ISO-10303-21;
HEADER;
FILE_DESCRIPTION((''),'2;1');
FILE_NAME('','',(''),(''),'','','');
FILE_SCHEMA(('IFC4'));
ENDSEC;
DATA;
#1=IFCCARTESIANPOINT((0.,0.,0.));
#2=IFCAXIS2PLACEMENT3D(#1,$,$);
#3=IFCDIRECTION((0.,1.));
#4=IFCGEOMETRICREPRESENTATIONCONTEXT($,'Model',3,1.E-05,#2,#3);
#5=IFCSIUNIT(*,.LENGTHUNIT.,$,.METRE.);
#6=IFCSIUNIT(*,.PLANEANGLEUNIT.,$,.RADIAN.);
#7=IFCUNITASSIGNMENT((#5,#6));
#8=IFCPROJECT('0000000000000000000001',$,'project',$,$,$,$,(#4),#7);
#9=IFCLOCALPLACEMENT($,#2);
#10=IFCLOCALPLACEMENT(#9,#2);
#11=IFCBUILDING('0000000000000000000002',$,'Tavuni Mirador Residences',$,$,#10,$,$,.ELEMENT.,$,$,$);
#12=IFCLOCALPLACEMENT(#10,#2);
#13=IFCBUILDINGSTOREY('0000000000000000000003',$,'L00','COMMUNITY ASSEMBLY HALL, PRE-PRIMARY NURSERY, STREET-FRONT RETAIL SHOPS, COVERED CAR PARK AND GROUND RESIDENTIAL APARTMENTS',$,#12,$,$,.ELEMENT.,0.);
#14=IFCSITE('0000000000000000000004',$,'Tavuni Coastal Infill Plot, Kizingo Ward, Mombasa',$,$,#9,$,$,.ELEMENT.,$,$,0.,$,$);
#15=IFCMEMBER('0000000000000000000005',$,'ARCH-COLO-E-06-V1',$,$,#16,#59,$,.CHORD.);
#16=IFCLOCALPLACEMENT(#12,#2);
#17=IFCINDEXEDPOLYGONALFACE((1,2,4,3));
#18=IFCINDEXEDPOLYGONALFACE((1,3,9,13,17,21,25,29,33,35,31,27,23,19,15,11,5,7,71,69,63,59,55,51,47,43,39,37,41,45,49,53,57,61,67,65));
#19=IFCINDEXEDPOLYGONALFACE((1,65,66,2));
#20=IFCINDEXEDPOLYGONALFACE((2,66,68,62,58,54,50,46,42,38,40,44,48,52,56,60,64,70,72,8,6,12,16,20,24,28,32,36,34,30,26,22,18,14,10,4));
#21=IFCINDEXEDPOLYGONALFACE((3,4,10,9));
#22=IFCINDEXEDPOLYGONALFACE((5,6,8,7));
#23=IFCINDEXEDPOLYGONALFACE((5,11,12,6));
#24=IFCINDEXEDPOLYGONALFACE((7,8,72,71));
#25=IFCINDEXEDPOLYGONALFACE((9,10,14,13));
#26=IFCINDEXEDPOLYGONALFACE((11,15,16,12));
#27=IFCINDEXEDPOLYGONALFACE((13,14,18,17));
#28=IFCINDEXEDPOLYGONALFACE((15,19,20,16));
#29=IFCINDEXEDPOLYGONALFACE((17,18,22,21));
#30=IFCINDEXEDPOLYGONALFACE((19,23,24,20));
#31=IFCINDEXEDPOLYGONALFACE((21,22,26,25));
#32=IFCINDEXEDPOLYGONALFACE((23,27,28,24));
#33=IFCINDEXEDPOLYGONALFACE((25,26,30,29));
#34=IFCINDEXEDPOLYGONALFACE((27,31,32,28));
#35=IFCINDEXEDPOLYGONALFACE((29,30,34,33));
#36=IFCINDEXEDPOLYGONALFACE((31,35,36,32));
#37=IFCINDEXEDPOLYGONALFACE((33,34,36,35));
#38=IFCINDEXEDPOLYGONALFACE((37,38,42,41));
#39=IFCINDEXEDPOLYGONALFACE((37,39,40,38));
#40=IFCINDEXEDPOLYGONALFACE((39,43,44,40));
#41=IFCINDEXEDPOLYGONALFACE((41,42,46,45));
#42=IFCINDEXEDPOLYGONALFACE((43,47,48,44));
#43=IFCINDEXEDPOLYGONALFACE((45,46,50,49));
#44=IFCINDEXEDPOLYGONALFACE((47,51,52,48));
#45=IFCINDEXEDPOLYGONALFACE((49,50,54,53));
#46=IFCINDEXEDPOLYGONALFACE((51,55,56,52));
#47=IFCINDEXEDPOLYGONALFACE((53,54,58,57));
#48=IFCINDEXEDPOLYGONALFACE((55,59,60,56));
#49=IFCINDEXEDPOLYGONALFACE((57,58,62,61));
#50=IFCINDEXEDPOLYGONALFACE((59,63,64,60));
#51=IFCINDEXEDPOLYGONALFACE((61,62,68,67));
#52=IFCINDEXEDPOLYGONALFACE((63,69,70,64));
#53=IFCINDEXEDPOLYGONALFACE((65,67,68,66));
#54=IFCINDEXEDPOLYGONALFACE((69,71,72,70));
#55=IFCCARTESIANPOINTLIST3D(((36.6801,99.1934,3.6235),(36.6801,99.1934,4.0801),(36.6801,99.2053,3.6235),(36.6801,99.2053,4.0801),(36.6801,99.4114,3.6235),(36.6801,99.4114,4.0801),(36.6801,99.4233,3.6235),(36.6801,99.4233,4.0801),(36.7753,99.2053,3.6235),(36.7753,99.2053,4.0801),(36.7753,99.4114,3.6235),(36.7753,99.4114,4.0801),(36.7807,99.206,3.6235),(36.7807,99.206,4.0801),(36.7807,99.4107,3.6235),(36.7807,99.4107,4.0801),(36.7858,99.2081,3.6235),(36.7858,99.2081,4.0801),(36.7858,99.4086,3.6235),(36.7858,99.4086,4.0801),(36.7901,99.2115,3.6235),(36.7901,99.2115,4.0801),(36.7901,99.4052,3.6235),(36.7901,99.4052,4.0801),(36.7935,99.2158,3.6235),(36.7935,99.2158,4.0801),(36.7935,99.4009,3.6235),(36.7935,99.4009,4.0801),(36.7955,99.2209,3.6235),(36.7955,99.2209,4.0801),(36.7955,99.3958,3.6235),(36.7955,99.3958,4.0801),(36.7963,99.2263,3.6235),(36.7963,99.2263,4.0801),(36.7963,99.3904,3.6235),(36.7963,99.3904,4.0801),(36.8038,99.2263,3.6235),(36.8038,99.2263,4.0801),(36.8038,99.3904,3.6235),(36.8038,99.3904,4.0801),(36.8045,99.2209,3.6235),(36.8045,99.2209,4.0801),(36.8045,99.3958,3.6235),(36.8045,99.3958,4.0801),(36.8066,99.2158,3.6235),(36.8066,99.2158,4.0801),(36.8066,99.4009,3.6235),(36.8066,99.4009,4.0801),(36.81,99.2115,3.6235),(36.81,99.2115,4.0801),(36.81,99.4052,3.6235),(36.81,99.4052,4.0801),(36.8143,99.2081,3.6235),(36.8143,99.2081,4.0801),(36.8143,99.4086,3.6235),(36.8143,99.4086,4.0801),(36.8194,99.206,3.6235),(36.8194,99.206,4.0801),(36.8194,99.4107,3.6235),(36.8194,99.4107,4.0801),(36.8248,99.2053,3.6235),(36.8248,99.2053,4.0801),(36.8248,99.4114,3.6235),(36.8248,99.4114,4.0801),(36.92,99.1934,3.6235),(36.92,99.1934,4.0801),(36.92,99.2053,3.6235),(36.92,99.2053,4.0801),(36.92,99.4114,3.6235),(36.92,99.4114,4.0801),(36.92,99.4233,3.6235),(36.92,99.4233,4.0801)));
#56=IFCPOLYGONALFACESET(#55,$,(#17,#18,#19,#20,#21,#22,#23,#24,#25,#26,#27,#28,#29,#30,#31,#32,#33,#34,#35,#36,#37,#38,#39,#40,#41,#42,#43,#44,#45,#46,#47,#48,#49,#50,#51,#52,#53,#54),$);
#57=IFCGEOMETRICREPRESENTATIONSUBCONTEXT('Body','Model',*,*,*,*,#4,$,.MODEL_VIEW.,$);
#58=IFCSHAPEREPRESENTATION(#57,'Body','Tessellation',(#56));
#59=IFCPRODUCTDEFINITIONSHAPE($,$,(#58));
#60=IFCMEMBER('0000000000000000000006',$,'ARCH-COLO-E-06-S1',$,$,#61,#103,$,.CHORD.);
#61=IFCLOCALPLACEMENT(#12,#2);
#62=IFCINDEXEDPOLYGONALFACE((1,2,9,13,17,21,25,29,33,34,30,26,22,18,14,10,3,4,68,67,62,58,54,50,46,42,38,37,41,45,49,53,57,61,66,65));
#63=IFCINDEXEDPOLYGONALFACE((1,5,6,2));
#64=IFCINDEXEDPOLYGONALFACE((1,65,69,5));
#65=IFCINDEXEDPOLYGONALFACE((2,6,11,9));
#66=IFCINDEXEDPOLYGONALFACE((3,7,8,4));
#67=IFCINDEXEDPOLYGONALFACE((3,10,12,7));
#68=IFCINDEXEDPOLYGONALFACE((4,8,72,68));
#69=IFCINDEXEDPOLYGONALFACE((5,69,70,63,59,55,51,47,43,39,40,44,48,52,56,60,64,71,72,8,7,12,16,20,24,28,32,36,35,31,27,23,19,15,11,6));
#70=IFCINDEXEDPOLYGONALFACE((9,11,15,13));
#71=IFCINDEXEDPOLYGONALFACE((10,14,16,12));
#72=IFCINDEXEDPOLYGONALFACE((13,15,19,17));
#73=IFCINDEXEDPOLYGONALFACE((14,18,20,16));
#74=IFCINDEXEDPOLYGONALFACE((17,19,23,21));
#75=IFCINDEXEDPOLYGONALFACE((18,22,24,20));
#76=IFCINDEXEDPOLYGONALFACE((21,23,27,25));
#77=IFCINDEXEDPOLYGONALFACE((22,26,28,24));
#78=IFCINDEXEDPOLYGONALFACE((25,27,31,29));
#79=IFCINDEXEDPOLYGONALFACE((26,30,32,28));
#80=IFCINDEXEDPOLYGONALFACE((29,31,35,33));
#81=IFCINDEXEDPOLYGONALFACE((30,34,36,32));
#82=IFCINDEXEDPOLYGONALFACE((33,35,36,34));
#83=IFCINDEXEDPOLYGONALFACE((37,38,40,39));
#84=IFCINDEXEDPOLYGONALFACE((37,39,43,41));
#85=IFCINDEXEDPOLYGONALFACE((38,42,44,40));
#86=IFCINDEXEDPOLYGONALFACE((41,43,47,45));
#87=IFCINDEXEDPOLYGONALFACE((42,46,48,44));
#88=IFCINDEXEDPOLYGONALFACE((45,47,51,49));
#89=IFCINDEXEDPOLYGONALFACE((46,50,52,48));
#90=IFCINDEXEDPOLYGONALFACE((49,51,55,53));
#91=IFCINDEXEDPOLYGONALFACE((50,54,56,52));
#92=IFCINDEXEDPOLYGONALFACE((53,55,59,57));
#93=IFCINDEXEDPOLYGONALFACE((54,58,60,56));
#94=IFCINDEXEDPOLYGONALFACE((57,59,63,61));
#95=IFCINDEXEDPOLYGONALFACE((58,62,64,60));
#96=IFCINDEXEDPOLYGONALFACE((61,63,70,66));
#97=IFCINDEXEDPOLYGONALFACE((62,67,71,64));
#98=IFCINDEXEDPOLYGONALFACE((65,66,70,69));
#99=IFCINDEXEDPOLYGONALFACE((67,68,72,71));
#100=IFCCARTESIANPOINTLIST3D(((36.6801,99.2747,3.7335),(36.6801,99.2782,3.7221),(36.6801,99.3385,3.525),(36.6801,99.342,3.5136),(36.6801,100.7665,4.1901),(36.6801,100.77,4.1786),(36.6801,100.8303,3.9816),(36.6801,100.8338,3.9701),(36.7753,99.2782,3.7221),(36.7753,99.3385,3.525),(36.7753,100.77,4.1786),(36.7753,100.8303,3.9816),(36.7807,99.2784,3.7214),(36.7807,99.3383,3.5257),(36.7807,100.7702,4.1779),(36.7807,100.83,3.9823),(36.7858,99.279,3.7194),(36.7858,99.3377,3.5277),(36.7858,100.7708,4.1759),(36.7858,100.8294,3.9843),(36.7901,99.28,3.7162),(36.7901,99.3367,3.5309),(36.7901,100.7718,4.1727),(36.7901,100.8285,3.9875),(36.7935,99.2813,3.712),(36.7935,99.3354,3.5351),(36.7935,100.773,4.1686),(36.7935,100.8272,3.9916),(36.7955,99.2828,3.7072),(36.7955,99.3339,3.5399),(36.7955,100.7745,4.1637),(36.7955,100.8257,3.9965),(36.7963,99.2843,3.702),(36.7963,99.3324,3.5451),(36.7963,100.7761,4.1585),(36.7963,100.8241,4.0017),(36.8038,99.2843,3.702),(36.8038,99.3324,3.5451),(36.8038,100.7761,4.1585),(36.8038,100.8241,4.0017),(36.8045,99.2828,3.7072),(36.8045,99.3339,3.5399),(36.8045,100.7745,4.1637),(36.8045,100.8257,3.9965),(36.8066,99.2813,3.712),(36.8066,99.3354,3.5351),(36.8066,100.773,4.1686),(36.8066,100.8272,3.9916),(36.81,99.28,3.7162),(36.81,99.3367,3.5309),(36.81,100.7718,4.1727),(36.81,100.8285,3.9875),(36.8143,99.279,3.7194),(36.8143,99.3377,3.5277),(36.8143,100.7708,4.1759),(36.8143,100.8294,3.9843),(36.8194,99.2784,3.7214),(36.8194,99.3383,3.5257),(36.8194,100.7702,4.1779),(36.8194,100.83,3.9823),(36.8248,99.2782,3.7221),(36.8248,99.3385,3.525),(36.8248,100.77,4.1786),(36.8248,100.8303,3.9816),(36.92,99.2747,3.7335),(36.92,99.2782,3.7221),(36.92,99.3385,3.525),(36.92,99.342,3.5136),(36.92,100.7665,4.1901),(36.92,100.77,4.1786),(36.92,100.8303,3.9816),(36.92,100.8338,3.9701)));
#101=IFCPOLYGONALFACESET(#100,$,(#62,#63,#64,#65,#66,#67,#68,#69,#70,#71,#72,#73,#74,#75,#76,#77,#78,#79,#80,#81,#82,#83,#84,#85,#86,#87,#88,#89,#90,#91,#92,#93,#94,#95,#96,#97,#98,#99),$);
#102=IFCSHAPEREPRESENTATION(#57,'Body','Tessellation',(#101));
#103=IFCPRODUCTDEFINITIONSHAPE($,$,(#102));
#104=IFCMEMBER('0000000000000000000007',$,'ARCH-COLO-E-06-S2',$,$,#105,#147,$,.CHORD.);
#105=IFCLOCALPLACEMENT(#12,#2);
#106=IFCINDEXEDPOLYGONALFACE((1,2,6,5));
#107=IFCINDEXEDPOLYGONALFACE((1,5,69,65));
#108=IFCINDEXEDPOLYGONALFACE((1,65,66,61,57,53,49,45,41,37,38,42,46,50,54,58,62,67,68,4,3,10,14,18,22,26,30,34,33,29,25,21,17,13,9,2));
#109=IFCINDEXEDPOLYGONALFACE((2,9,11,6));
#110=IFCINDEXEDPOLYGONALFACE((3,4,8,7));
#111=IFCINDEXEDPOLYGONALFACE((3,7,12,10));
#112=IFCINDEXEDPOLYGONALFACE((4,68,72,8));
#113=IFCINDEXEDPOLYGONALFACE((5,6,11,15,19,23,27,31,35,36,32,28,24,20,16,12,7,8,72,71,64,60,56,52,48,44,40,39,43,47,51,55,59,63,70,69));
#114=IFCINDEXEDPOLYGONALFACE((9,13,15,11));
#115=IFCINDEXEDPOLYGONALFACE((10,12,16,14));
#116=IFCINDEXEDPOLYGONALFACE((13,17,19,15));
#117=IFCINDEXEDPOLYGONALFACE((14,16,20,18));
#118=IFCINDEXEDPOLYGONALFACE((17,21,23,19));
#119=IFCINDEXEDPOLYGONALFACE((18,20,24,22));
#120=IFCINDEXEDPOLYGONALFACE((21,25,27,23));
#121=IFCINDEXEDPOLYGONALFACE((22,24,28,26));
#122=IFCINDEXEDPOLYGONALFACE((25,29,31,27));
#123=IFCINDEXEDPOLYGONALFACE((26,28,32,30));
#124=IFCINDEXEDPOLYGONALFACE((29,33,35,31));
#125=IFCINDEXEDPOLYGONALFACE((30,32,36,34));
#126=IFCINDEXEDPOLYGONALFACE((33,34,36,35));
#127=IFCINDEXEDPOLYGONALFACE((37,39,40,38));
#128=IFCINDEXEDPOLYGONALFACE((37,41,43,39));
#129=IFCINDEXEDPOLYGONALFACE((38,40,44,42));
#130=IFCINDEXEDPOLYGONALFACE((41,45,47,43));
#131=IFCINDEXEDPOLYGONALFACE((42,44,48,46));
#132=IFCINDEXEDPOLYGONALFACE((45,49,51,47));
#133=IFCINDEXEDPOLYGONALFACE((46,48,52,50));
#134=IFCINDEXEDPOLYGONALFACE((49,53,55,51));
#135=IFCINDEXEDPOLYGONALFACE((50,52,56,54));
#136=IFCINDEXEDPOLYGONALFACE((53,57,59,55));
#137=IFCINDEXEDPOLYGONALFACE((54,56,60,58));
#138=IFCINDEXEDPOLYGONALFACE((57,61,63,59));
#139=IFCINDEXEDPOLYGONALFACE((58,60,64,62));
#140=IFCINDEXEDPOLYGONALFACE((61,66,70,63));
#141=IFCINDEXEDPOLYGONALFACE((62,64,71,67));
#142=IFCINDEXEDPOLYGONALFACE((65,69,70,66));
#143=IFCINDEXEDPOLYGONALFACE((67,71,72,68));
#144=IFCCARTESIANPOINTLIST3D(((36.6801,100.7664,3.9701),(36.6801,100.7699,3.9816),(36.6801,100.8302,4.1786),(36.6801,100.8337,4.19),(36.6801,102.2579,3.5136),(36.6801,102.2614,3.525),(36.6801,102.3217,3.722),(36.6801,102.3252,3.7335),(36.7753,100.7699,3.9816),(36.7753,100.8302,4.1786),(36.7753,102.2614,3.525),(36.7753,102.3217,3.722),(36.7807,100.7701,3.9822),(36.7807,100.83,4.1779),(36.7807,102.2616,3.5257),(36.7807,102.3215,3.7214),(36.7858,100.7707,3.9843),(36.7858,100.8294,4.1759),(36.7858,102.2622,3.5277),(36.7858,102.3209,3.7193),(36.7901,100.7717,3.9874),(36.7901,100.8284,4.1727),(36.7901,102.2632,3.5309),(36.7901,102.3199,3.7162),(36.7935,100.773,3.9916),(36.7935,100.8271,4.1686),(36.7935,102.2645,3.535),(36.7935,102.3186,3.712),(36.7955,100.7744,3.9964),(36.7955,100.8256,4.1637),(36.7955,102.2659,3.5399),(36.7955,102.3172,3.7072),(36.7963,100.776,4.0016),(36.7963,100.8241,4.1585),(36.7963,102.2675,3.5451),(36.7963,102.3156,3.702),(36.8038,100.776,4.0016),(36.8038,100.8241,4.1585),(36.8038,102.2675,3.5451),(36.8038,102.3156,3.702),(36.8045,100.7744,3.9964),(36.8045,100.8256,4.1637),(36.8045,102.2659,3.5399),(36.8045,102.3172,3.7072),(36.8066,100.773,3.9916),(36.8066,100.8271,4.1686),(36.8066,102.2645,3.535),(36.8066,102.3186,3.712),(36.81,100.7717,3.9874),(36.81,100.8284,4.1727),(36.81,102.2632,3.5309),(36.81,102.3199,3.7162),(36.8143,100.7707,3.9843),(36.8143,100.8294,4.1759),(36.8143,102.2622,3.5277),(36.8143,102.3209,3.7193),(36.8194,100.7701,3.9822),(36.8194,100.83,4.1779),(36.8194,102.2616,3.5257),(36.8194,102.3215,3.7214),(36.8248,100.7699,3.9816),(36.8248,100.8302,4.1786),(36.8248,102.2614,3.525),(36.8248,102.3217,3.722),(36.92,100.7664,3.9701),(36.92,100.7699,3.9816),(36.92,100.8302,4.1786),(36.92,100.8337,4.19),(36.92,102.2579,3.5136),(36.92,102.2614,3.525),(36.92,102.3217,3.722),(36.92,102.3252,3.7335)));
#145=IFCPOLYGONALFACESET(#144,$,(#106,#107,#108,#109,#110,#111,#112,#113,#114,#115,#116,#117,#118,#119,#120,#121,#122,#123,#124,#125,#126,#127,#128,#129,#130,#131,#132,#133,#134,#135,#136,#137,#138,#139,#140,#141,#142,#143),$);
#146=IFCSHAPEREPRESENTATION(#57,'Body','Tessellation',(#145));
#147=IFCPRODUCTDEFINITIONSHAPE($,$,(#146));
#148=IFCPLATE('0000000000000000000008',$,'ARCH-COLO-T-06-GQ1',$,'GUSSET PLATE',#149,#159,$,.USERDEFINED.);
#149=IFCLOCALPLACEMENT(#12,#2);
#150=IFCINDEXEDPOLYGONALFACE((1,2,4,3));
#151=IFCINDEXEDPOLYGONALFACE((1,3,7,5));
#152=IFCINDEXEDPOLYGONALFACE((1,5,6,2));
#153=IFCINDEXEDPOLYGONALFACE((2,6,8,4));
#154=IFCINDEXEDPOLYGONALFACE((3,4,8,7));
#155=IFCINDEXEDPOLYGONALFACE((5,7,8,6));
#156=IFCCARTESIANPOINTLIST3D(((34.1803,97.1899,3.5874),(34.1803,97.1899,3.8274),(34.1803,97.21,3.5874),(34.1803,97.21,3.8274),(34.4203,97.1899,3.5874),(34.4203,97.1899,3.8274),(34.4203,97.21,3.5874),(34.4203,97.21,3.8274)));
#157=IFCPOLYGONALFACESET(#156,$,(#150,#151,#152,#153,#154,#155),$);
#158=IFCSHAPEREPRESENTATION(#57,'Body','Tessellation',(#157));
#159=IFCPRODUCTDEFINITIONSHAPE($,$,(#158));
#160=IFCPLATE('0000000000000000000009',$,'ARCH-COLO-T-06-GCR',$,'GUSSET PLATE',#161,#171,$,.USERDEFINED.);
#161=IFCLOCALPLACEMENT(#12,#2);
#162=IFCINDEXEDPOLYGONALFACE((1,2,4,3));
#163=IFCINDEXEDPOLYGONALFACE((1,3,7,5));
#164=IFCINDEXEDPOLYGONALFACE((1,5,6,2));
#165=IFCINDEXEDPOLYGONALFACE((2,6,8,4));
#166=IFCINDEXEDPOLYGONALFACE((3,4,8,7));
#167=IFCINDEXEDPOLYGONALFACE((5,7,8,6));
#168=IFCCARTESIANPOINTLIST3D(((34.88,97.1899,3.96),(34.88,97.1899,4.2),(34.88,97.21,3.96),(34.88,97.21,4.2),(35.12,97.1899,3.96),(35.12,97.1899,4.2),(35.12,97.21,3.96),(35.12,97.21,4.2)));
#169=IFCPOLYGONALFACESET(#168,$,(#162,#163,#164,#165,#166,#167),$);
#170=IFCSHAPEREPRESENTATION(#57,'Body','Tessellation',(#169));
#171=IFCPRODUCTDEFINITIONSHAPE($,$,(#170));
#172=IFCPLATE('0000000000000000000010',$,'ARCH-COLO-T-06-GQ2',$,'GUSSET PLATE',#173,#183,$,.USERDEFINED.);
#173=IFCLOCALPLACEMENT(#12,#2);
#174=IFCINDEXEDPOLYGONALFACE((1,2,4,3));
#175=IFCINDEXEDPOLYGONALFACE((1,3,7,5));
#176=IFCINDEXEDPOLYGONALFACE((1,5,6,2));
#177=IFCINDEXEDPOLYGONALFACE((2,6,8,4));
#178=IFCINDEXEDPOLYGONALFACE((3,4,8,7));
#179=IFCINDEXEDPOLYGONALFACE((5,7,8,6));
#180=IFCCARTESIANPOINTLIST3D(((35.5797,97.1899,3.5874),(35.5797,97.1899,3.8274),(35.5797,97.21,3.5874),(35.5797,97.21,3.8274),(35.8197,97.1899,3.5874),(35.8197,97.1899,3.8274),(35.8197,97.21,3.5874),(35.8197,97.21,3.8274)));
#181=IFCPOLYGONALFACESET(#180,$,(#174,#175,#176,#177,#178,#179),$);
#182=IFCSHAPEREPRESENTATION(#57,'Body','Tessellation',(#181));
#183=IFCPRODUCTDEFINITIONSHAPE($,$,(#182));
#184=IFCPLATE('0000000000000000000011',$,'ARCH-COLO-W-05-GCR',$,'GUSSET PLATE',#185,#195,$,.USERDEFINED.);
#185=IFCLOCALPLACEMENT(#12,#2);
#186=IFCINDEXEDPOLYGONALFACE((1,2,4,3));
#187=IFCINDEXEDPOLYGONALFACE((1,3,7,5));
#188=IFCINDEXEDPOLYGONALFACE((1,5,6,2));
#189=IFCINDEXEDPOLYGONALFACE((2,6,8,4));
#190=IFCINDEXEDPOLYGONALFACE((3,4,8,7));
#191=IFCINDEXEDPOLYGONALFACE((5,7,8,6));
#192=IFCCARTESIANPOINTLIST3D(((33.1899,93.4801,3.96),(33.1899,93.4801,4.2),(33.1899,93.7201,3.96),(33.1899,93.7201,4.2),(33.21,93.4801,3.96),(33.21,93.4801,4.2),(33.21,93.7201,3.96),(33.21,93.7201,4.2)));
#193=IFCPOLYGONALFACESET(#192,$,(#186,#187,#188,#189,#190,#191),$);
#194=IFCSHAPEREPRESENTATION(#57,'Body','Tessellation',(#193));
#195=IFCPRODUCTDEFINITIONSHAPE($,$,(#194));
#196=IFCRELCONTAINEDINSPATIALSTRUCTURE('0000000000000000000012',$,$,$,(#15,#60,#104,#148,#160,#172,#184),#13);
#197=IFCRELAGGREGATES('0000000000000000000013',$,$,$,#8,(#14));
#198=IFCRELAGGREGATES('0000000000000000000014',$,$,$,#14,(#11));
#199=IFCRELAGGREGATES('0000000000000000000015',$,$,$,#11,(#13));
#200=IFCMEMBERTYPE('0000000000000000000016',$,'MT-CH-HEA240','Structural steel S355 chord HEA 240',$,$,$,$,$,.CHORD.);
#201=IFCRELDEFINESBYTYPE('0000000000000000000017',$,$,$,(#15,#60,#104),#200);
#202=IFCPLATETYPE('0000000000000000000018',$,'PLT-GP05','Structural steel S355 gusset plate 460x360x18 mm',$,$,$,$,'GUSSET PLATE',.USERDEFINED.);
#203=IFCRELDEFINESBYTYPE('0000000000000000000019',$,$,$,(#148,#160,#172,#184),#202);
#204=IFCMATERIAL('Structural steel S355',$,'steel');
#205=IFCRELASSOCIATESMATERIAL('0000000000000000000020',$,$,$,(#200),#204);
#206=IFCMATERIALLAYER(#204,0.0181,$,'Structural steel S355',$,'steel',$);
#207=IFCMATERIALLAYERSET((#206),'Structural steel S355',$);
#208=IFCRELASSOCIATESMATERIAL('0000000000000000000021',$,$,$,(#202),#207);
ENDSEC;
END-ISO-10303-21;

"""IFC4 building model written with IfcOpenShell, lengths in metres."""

from ifc_helpers import new_model, si_unit, direction, frame, origin, origin_2d, place, context, subcontext, project, spatial, rectangle, i_section, extrude, material, layer, layer_set, material_profile, profile_set, type_object, element, save


model = new_model("IFC4")

# Units and contexts
model_context = context("Model", 3, precision=1e-05, world=origin(), true_north=direction((0.0, 1.0)))
body_context = subcontext(model_context, "Body", "Model", "MODEL_VIEW")
ifc_project = project(units=[si_unit("LENGTHUNIT", "METRE"), si_unit("PLANEANGLEUNIT", "RADIAN")], contexts=[model_context])

# Site, building, storey
site_placement = place(None, origin())
site = spatial("IfcSite", under=ifc_project, at=site_placement, Name="Tavuni Coastal Infill Plot, Kizingo Ward, Mombasa", CompositionType="ELEMENT", RefElevation=0.0)
building_placement = place(site_placement, origin())
building = spatial("IfcBuilding", under=site, at=building_placement, Name="Tavuni Mirador Residences", CompositionType="ELEMENT")
storey_placement = place(building_placement, origin())
storey = spatial("IfcBuildingStorey", under=building, at=storey_placement, Name="L00", Description="COMMUNITY ASSEMBLY HALL, PRE-PRIMARY NURSERY, STREET-FRONT RETAIL SHOPS, COVERED CAR PARK AND GROUND RESIDENTIAL APARTMENTS", CompositionType="ELEMENT", Elevation=0.0)

# Members
ifc_material_1 = material(Name="Structural steel S355", Category="steel")
ifc_material_profile_1 = material_profile(ifc_material_1, i_section(OverallWidth=0.24, OverallDepth=0.23, WebThickness=0.0076, FlangeThickness=0.012, FilletRadius=0.021, at=origin_2d()), Name="HEA 240", Category="steel")
ifc_profile_set_1 = profile_set([ifc_material_profile_1], Name="Structural steel S355")
member_type_1 = type_object("IfcMemberType", Name="MT-CH-HEA240", Description="Structural steel S355 chord HEA 240", PredefinedType="CHORD", material=ifc_profile_set_1)
member_1_placement = place(storey_placement, frame((36.8, 99.3083, 3.6235), z_axis=(0.0, 0.0, 1.0), x_axis=(1.0, 0.0, 0.0)))
element("IfcMember", 1, at=member_1_placement, inside=storey, type_object=member_type_1, Name="ARCH-COLO-E-06-V1", PredefinedType="CHORD", context=body_context, shape_type="SweptSolid", body=[
    extrude(i_section(OverallWidth=0.24, OverallDepth=0.23, WebThickness=0.0076, FlangeThickness=0.012, FilletRadius=0.021, at=origin_2d()), origin(), (0.0, 0.0, 1.0), 0.4565),
])
member_2_placement = place(storey_placement, frame((36.8, 99.3083, 3.6235), z_axis=(0.0, 0.956218, 0.292656), x_axis=(-1.0, 0.0, 0.0)))
element("IfcMember", 2, at=member_2_placement, inside=storey, type_object=member_type_1, Name="ARCH-COLO-E-06-S1", PredefinedType="CHORD", context=body_context, shape_type="SweptSolid", body=[
    extrude(i_section(OverallWidth=0.24, OverallDepth=0.23, WebThickness=0.0076, FlangeThickness=0.012, FilletRadius=0.021, at=origin_2d()), origin(), (0.0, 0.0, 1.0), 1.5601),
])
member_3_placement = place(storey_placement, frame((36.8, 100.8, 4.0801), z_axis=(0.0, 0.956204, -0.2927), x_axis=(-1.0, 0.0, 0.0)))
element("IfcMember", 3, at=member_3_placement, inside=storey, type_object=member_type_1, Name="ARCH-COLO-E-06-S2", PredefinedType="CHORD", context=body_context, shape_type="SweptSolid", body=[
    extrude(i_section(OverallWidth=0.24, OverallDepth=0.23, WebThickness=0.0076, FlangeThickness=0.012, FilletRadius=0.021, at=origin_2d()), origin(), (0.0, 0.0, 1.0), 1.5598),
])

# Plates
ifc_layer = layer(ifc_material_1, 0.0181, Name="Structural steel S355", Category="steel")
ifc_layer_set = layer_set([ifc_layer], Name="Structural steel S355")
plate_type = type_object("IfcPlateType", Name="PLT-GP05", Description="Structural steel S355 gusset plate 460x360x18 mm", ElementType="GUSSET PLATE", PredefinedType="USERDEFINED", material=ifc_layer_set)
for number, where, z_axis, x_axis, name in (
    (4, (34.3003, 97.2, 3.5874), (0.0, 0.0, 1.0), (1.0, 0.0, 0.0), "ARCH-COLO-T-06-GQ1"),
    (5, (35.0, 97.2, 3.96), (0.0, 0.0, 1.0), (1.0, 0.0, 0.0), "ARCH-COLO-T-06-GCR"),
    (6, (35.6997, 97.2, 3.5874), (0.0, 0.0, 1.0), (1.0, 0.0, 0.0), "ARCH-COLO-T-06-GQ2"),
):
    element("IfcPlate", number, at=place(storey_placement, frame(where, z_axis=z_axis, x_axis=x_axis)), inside=storey, type_object=plate_type, Name=name, ObjectType="GUSSET PLATE", PredefinedType="USERDEFINED", context=body_context, shape_type="SweptSolid", body=[
        extrude(rectangle(XDim=0.24, YDim=0.02, at=origin_2d()), origin(), (0.0, 0.0, 1.0), 0.24),
    ])
for number, where, z_axis, x_axis, name in (
    (7, (33.2, 93.6001, 3.96), (0.0, 0.0, 1.0), (1.0, 0.0, 0.0), "ARCH-COLO-W-05-GCR"),
):
    element("IfcPlate", number, at=place(storey_placement, frame(where, z_axis=z_axis, x_axis=x_axis)), inside=storey, type_object=plate_type, Name=name, ObjectType="GUSSET PLATE", PredefinedType="USERDEFINED", context=body_context, shape_type="SweptSolid", body=[
        extrude(rectangle(XDim=0.02, YDim=0.24, at=origin_2d()), origin(), (0.0, 0.0, 1.0), 0.24),
    ])

save(model, "model.ifc")
